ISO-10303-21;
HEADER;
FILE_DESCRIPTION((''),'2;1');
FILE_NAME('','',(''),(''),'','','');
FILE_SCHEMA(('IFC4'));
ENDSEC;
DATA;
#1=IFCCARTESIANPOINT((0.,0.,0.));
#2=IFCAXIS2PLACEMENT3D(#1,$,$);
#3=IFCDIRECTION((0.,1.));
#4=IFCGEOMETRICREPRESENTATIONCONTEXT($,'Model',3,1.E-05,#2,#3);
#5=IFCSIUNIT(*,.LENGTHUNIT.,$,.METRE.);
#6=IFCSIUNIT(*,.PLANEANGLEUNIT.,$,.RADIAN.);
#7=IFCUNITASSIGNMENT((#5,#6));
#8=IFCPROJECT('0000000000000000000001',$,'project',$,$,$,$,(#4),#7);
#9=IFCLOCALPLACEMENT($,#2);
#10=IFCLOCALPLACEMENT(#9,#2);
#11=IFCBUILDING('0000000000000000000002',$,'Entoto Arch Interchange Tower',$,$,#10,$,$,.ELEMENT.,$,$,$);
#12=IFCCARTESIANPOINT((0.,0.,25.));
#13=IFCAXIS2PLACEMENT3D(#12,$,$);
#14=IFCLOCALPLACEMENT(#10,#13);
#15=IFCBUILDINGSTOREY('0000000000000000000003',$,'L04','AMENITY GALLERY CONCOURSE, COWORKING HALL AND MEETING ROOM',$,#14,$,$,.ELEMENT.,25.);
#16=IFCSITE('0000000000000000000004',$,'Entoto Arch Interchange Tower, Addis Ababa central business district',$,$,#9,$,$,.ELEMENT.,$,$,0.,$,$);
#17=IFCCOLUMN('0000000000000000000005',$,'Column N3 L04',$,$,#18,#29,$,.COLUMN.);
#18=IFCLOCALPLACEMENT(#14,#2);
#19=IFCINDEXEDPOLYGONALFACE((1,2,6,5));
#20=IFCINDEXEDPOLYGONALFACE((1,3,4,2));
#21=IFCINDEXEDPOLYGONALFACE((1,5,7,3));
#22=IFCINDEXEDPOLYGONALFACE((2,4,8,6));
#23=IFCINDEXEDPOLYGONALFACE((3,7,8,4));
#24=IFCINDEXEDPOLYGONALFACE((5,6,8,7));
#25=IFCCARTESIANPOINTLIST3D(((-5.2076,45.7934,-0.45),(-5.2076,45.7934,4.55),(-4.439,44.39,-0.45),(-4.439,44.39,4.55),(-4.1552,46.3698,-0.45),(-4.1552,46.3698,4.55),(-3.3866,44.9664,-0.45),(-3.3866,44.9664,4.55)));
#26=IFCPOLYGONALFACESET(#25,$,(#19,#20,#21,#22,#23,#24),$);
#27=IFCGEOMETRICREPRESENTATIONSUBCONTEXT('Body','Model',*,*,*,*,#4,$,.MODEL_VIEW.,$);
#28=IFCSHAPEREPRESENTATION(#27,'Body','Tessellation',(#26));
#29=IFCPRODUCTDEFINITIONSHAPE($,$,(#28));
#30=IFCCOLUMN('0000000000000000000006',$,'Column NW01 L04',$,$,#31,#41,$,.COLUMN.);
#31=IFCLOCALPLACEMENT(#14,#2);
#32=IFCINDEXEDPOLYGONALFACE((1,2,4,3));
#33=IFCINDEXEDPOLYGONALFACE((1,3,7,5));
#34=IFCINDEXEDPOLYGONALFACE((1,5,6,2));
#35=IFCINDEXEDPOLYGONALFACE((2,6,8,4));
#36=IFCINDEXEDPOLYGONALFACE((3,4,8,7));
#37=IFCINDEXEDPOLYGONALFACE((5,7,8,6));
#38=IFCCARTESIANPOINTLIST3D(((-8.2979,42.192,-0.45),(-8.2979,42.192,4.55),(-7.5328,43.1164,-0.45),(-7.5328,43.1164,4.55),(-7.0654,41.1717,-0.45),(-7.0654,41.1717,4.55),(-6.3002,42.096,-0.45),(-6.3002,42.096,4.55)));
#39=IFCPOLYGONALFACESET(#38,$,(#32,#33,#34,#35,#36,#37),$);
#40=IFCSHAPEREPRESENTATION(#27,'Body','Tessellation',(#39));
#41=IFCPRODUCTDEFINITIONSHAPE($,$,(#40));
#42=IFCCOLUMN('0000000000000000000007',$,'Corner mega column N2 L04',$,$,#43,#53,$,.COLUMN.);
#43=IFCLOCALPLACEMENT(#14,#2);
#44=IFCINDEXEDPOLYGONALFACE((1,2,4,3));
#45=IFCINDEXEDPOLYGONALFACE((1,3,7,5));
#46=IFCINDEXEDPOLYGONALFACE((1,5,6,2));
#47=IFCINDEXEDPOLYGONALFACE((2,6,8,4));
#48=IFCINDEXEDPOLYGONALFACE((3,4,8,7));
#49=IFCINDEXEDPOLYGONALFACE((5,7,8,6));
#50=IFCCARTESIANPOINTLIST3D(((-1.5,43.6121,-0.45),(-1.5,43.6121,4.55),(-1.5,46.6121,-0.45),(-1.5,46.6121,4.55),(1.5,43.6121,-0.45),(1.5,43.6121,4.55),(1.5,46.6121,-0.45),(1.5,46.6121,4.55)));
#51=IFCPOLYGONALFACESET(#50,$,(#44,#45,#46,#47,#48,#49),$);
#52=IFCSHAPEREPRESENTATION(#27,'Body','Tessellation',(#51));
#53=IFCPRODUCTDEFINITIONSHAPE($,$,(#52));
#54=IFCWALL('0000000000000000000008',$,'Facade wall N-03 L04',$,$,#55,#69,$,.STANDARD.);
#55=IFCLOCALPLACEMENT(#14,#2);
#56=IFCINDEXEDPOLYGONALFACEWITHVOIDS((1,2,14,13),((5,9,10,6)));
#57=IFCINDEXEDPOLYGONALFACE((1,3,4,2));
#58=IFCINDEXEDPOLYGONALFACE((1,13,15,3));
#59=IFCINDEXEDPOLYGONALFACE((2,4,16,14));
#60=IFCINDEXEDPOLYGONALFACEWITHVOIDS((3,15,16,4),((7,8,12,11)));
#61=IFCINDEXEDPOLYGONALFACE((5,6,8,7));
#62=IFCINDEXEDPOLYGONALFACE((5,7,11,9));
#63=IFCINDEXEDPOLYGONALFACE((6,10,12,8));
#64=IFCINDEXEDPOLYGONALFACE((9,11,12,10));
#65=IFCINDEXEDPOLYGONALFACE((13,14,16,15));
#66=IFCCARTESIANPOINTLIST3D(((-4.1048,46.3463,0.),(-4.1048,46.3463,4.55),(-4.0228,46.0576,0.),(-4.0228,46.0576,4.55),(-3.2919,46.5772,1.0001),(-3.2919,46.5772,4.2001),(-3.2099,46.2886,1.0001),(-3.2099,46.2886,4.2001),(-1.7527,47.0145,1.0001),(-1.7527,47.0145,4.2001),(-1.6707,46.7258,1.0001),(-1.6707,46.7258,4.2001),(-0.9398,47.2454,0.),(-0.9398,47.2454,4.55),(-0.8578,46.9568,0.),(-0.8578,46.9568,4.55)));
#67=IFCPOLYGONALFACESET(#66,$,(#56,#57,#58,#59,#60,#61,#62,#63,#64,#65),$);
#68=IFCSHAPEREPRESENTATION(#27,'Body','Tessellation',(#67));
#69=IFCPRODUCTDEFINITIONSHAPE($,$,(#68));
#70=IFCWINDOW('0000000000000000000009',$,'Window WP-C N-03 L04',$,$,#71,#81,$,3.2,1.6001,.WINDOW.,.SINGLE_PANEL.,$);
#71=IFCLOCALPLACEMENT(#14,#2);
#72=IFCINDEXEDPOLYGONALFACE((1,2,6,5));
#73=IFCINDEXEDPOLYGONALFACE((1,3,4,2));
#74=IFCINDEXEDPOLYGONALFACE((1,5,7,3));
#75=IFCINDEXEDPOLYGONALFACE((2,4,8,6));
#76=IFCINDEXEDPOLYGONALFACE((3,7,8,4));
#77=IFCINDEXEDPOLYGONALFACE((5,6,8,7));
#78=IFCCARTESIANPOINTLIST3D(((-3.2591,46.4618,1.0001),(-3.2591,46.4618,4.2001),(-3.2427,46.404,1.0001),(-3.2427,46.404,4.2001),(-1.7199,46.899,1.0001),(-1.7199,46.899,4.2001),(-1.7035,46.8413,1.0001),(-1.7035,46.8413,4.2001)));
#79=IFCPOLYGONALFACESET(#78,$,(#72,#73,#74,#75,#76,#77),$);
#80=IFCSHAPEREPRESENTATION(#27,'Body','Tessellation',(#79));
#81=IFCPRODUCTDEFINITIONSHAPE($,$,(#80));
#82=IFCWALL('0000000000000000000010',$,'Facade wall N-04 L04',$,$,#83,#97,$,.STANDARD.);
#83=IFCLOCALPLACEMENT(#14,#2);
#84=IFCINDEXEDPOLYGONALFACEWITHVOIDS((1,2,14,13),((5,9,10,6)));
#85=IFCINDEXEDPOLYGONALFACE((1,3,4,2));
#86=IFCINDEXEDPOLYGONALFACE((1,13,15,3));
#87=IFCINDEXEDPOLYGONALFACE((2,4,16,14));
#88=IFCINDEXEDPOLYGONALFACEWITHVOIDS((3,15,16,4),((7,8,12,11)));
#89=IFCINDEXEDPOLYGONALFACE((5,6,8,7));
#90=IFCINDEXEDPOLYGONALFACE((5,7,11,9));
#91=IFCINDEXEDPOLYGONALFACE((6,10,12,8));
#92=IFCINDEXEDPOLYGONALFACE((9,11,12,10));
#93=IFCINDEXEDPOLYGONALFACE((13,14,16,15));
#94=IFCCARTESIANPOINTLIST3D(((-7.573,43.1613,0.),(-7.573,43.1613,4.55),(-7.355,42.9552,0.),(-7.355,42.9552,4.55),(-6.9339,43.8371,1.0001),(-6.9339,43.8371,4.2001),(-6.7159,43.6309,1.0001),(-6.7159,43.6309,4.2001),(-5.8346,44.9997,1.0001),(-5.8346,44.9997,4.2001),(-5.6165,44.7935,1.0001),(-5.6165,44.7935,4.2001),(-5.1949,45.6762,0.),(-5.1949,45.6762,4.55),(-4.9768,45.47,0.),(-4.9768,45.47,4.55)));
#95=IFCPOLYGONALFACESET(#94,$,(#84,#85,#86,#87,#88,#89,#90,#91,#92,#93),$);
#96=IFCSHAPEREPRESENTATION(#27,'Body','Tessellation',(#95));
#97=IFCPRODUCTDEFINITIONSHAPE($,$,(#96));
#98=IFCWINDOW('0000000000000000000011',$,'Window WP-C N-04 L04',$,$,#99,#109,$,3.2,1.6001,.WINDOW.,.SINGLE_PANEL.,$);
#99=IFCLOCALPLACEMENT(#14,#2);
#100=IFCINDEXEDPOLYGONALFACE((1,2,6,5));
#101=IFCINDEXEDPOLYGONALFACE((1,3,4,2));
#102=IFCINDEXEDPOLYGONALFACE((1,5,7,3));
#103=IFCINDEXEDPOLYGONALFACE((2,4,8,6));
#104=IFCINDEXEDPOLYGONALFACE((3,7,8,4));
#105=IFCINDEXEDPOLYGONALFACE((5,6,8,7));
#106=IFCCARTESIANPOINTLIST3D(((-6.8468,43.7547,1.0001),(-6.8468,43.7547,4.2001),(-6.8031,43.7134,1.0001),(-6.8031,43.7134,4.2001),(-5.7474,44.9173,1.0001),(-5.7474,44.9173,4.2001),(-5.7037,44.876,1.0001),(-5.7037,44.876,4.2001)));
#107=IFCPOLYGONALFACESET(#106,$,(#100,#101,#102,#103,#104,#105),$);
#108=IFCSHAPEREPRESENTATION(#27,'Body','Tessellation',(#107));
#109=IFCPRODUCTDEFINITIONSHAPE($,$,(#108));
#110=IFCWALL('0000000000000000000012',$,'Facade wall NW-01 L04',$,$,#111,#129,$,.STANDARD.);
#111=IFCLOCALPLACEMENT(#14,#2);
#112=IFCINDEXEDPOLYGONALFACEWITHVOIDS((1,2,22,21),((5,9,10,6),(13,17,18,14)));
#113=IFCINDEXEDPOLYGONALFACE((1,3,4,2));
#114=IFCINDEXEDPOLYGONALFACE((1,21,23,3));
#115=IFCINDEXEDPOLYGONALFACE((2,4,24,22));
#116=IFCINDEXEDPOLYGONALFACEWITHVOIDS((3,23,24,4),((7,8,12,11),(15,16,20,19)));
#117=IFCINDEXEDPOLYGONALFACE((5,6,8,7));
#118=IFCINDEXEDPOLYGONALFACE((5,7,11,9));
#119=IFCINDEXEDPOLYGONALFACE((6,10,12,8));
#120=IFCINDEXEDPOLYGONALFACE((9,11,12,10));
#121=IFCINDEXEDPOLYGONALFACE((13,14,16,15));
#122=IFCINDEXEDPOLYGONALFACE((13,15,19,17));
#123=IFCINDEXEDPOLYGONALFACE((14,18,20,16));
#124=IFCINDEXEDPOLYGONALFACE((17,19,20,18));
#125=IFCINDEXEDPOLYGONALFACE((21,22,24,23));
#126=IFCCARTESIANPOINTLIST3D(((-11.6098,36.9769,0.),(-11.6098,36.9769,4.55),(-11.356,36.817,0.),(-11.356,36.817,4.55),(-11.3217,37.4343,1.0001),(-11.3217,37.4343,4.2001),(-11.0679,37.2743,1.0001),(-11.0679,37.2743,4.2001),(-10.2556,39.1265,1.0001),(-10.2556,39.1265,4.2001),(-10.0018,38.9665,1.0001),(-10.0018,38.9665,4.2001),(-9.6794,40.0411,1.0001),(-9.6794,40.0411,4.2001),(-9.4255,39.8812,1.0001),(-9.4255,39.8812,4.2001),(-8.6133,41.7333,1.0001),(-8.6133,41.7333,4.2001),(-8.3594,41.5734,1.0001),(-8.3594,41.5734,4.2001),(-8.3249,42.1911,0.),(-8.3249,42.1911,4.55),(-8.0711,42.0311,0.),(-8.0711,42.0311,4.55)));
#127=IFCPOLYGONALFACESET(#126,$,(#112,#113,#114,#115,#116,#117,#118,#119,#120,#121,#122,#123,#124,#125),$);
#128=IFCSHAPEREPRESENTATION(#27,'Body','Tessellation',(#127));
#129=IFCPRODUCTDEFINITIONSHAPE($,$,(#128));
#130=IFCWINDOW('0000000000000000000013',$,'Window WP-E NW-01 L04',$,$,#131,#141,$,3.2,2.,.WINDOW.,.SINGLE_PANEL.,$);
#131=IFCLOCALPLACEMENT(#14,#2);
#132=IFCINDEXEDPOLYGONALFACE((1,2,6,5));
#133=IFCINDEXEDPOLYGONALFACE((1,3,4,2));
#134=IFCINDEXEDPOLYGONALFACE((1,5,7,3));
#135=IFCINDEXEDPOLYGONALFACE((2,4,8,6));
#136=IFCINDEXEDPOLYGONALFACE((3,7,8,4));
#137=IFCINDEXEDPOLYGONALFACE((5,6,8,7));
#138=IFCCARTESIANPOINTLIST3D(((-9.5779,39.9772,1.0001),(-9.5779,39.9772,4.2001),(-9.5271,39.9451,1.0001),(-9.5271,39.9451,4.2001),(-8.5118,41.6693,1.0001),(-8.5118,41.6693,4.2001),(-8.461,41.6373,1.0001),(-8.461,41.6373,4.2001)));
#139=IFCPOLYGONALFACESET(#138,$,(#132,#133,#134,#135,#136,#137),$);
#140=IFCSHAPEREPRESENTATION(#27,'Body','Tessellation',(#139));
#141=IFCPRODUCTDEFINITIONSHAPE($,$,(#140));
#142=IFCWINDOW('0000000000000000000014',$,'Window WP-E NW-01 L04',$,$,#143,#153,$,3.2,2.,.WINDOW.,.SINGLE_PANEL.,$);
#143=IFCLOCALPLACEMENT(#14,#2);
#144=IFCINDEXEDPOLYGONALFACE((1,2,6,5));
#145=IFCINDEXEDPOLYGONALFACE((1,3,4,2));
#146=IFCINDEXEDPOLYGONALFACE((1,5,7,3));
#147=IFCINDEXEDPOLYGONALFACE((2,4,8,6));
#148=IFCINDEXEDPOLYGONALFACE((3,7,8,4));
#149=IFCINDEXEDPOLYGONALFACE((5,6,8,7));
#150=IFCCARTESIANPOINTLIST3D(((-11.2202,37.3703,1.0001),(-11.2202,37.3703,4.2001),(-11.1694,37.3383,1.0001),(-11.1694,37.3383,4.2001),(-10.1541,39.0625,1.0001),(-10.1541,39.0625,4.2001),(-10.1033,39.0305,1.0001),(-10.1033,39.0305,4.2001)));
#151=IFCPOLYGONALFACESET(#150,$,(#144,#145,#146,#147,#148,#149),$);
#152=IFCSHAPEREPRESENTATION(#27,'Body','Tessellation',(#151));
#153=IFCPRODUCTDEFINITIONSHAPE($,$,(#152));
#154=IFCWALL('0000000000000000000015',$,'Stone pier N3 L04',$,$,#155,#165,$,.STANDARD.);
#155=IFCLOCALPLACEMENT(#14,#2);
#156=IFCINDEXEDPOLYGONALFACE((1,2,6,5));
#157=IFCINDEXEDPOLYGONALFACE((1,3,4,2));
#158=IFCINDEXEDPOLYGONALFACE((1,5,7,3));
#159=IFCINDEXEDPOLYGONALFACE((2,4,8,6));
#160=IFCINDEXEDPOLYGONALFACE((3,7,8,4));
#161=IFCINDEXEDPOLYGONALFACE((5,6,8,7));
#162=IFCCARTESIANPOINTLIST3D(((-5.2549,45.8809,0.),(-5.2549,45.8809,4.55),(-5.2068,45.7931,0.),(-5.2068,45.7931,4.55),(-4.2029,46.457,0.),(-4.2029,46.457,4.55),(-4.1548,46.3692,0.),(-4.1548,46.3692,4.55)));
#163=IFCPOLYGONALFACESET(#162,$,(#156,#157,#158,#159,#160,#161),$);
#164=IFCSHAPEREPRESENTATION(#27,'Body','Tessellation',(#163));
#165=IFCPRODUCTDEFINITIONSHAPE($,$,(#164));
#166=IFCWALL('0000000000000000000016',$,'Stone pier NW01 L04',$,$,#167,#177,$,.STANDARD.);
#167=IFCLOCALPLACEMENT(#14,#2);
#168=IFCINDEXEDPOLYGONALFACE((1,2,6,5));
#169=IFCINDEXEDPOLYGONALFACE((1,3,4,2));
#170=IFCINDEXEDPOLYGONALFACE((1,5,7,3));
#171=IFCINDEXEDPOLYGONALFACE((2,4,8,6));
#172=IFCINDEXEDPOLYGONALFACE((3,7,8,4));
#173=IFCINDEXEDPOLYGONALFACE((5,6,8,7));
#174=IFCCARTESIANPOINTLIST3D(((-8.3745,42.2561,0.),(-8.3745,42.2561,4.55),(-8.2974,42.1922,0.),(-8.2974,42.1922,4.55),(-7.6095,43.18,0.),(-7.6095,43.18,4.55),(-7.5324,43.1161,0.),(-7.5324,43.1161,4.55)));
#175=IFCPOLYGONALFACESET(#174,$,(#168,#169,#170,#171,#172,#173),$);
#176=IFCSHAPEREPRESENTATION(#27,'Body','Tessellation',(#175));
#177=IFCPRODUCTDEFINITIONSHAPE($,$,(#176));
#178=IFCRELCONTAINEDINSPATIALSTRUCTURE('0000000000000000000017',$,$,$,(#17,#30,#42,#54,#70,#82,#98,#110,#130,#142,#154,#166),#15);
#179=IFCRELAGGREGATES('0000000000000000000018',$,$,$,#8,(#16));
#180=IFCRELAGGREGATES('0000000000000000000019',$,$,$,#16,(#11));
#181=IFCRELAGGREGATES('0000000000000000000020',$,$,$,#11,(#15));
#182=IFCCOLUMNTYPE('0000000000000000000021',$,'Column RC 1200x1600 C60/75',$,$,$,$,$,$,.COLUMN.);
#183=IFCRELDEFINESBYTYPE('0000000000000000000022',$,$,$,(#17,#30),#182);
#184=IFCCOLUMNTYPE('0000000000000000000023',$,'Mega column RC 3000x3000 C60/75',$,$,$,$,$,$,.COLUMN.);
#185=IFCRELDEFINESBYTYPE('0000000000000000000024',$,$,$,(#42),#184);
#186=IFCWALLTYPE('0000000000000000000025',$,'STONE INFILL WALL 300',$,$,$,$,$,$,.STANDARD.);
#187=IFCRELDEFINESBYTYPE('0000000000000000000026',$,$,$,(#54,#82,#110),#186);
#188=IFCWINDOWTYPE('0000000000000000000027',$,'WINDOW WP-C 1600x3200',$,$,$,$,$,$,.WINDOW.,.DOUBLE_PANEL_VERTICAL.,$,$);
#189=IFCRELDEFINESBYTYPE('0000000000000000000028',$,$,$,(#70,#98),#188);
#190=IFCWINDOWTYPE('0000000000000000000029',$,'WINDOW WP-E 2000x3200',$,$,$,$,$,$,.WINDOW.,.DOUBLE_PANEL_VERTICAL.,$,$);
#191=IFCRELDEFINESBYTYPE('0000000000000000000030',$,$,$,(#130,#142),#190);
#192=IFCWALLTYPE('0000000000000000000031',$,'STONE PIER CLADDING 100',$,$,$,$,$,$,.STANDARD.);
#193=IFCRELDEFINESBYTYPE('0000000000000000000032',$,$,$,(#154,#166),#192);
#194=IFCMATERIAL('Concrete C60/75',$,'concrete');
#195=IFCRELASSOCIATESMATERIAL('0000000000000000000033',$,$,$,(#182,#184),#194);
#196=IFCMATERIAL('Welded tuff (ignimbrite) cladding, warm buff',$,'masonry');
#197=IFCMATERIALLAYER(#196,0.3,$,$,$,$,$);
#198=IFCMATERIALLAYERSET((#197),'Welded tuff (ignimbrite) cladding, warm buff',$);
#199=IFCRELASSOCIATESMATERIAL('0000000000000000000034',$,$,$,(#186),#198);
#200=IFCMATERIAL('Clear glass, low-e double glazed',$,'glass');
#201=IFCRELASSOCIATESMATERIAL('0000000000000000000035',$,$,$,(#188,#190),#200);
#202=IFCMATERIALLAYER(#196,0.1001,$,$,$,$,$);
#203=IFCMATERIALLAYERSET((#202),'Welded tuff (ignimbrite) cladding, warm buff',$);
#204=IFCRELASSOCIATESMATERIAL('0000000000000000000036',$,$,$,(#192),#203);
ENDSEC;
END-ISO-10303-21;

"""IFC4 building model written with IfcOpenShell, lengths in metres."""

from ifc_helpers import new_model, si_unit, direction, frame, frame_2d, origin, origin_2d, place, context, subcontext, project, spatial, rectangle, extrude, material, layer, layer_set, material_profile, profile_set, type_object, element, fill, save


model = new_model("IFC4")

# Units and contexts
model_context = context("Model", 3, precision=1e-05, world=origin(), true_north=direction((0.0, 1.0)))
body_context = subcontext(model_context, "Body", "Model", "MODEL_VIEW")
ifc_project = project(units=[si_unit("LENGTHUNIT", "METRE"), si_unit("PLANEANGLEUNIT", "RADIAN")], contexts=[model_context])

# Site, building, storey
site_placement = place(None, origin())
site = spatial("IfcSite", under=ifc_project, at=site_placement, Name="Entoto Arch Interchange Tower, Addis Ababa central business district", CompositionType="ELEMENT", RefElevation=0.0)
building_placement = place(site_placement, origin())
building = spatial("IfcBuilding", under=site, at=building_placement, Name="Entoto Arch Interchange Tower", CompositionType="ELEMENT")
storey_placement = place(building_placement, frame((0.0, 0.0, 25.0)))
storey = spatial("IfcBuildingStorey", under=building, at=storey_placement, Name="L04", Description="AMENITY GALLERY CONCOURSE, COWORKING HALL AND MEETING ROOM", CompositionType="ELEMENT", Elevation=25.0)

# Columns
ifc_material_1 = material(Name="Concrete C60/75", Category="concrete")
ifc_material_profile_1 = material_profile(ifc_material_1, rectangle(XDim=1.2, YDim=1.6001, at=origin_2d()))
ifc_profile_set_1 = profile_set([ifc_material_profile_1], Name="Concrete C60/75")
column_type_1 = type_object("IfcColumnType", Name="Column RC 1200x1600 C60/75", PredefinedType="COLUMN", material=ifc_profile_set_1)
for number, where, z_axis, x_axis, name in (
    (1, (-4.2971, 45.3799, -0.45), (0.0, 0.0, 1.0), (0.877079, 0.480346, 0.0), "Column N3 L04"),
    (2, (-7.2991, 42.144, -0.45), (0.0, 0.0, 1.0), (0.637666, 0.770313, 0.0), "Column NW01 L04"),
):
    element("IfcColumn", number, at=place(storey_placement, frame(where, z_axis=z_axis, x_axis=x_axis)), inside=storey, type_object=column_type_1, Name=name, PredefinedType="COLUMN", context=body_context, shape_type="SweptSolid", body=[
        extrude(rectangle(XDim=1.2, YDim=1.6001, at=origin_2d()), origin(), (0.0, 0.0, 1.0), 5.0),
    ])
ifc_material_profile_2 = material_profile(ifc_material_1, rectangle(XDim=3.0, YDim=3.0, at=origin_2d()))
ifc_profile_set_2 = profile_set([ifc_material_profile_2], Name="Concrete C60/75")
column_type_2 = type_object("IfcColumnType", Name="Mega column RC 3000x3000 C60/75", PredefinedType="COLUMN", material=ifc_profile_set_2)
column_placement = place(storey_placement, frame((0.0, 45.1121, -0.45), z_axis=(0.0, 0.0, 1.0), x_axis=(0.0, 1.0, 0.0)))
element("IfcColumn", 3, at=column_placement, inside=storey, type_object=column_type_2, Name="Corner mega column N2 L04", PredefinedType="COLUMN", context=body_context, shape_type="SweptSolid", body=[
    extrude(rectangle(XDim=3.0, YDim=3.0, at=origin_2d()), origin(), (0.0, 0.0, 1.0), 5.0),
])

# Walls, openings, windows
ifc_material_2 = material(Name="Welded tuff (ignimbrite) cladding, warm buff", Category="masonry")
ifc_layer_1 = layer(ifc_material_2, 0.3)
ifc_layer_set_1 = layer_set([ifc_layer_1], Name="Welded tuff (ignimbrite) cladding, warm buff")
wall_type_1 = type_object("IfcWallType", Name="STONE INFILL WALL 300", PredefinedType="STANDARD", material=ifc_layer_set_1)
wall_1_placement = place(storey_placement, frame((-0.8989, 47.1011, 0.0), z_axis=(0.0, 0.0, 1.0), x_axis=(-0.961934, -0.27328, 0.0)))
wall_1 = element("IfcWall", 4, at=wall_1_placement, inside=storey, type_object=wall_type_1, Name="Facade wall N-03 L04", PredefinedType="STANDARD", context=body_context, shape_type="SweptSolid", body=[
    extrude(rectangle(XDim=3.2903, YDim=0.3, at=frame_2d((1.645, 0.0))), origin(), (0.0, 0.0, 1.0), 4.55),
])
opening_1_placement = place(wall_1_placement, frame((0.845, 0.0, 1.0)))
opening_1 = element("IfcOpeningElement", 5, at=opening_1_placement, cuts=wall_1, PredefinedType="OPENING", context=body_context, shape_type="SweptSolid", body=[
    extrude(rectangle(XDim=1.6001, YDim=3.2, at=frame_2d((0.8, 1.6001))), frame((0.0, 0.1602, 0.0), z_axis=(0.0, -1.0, 0.0), x_axis=(1.0, 0.0, 0.0)), (0.0, 0.0, 1.0), 0.3201),
])
ifc_material_3 = material(Name="Clear glass, low-e double glazed", Category="glass")
window_type_1 = type_object("IfcWindowType", Name="WINDOW WP-C 1600x3200", PartitioningType="DOUBLE_PANEL_VERTICAL", PredefinedType="WINDOW", material=ifc_material_3)
window_1_placement = place(opening_1_placement, origin())
window_1 = element("IfcWindow", 6, at=window_1_placement, inside=storey, type_object=window_type_1, Name="Window WP-C N-03 L04", OverallHeight=3.2, OverallWidth=1.6001, PartitioningType="SINGLE_PANEL", PredefinedType="WINDOW", context=body_context, shape_type="SweptSolid", body=[
    extrude(rectangle(XDim=1.6001, YDim=3.2, at=frame_2d((0.8, 1.6001))), frame((0.0, 0.03, 0.0), z_axis=(0.0, -1.0, 0.0), x_axis=(1.0, 0.0, 0.0)), (0.0, 0.0, 1.0), 0.0601),
])
fill(opening_1, window_1)
wall_2_placement = place(storey_placement, frame((-5.0859, 45.573, 0.0), z_axis=(0.0, 0.0, 1.0), x_axis=(-0.687081, -0.726581, 0.0)))
wall_2 = element("IfcWall", 7, at=wall_2_placement, inside=storey, type_object=wall_type_1, Name="Facade wall N-04 L04", PredefinedType="STANDARD", context=body_context, shape_type="SweptSolid", body=[
    extrude(rectangle(XDim=3.4612, YDim=0.3, at=frame_2d((1.7305, 0.0))), origin(), (0.0, 0.0, 1.0), 4.55),
])
opening_2_placement = place(wall_2_placement, frame((0.9309, 0.0, 1.0)))
opening_2 = element("IfcOpeningElement", 8, at=opening_2_placement, cuts=wall_2, PredefinedType="OPENING", context=body_context, shape_type="SweptSolid", body=[
    extrude(rectangle(XDim=1.6001, YDim=3.2, at=frame_2d((0.8, 1.6001))), frame((0.0, 0.1602, 0.0), z_axis=(0.0, -1.0, 0.0), x_axis=(1.0, 0.0, 0.0)), (0.0, 0.0, 1.0), 0.3201),
])
window_2_placement = place(opening_2_placement, origin())
window_2 = element("IfcWindow", 9, at=window_2_placement, inside=storey, type_object=window_type_1, Name="Window WP-C N-04 L04", OverallHeight=3.2, OverallWidth=1.6001, PartitioningType="SINGLE_PANEL", PredefinedType="WINDOW", context=body_context, shape_type="SweptSolid", body=[
    extrude(rectangle(XDim=1.6001, YDim=3.2, at=frame_2d((0.8, 1.6001))), frame((0.0, 0.03, 0.0), z_axis=(0.0, -1.0, 0.0), x_axis=(1.0, 0.0, 0.0)), (0.0, 0.0, 1.0), 0.0601),
])
fill(opening_2, window_2)

# Wall, openings, windows
wall_3_placement = place(storey_placement, frame((-8.198, 42.1111, 0.0), z_axis=(0.0, 0.0, 1.0), x_axis=(-0.53304, -0.84609, 0.0)))
wall_3 = element("IfcWall", 10, at=wall_3_placement, inside=storey, type_object=wall_type_1, Name="Facade wall NW-01 L04", PredefinedType="STANDARD", context=body_context, shape_type="SweptSolid", body=[
    extrude(rectangle(XDim=6.1626, YDim=0.3, at=frame_2d((3.0813, 0.0))), origin(), (0.0, 0.0, 1.0), 4.55),
])
opening_3_placement = place(wall_3_placement, frame((0.541, 0.0, 1.0)))
opening_3 = element("IfcOpeningElement", 11, at=opening_3_placement, cuts=wall_3, PredefinedType="OPENING", context=body_context, shape_type="SweptSolid", body=[
    extrude(rectangle(XDim=2.0, YDim=3.2, at=frame_2d((1.0, 1.6001))), frame((0.0, 0.1602, 0.0), z_axis=(0.0, -1.0, 0.0), x_axis=(1.0, 0.0, 0.0)), (0.0, 0.0, 1.0), 0.3201),
])
opening_4_placement = place(wall_3_placement, frame((3.6221, 0.0, 1.0)))
opening_4 = element("IfcOpeningElement", 12, at=opening_4_placement, cuts=wall_3, PredefinedType="OPENING", context=body_context, shape_type="SweptSolid", body=[
    extrude(rectangle(XDim=2.0, YDim=3.2, at=frame_2d((1.0, 1.6001))), frame((0.0, 0.1602, 0.0), z_axis=(0.0, -1.0, 0.0), x_axis=(1.0, 0.0, 0.0)), (0.0, 0.0, 1.0), 0.3201),
])
window_type_2 = type_object("IfcWindowType", Name="WINDOW WP-E 2000x3200", PartitioningType="DOUBLE_PANEL_VERTICAL", PredefinedType="WINDOW", material=ifc_material_3)
window_3_placement = place(opening_3_placement, origin())
window_3 = element("IfcWindow", 13, at=window_3_placement, inside=storey, type_object=window_type_2, Name="Window WP-E NW-01 L04", OverallHeight=3.2, OverallWidth=2.0, PartitioningType="SINGLE_PANEL", PredefinedType="WINDOW", context=body_context, shape_type="SweptSolid", body=[
    extrude(rectangle(XDim=2.0, YDim=3.2, at=frame_2d((1.0, 1.6001))), frame((0.0, 0.03, 0.0), z_axis=(0.0, -1.0, 0.0), x_axis=(1.0, 0.0, 0.0)), (0.0, 0.0, 1.0), 0.0601),
])
fill(opening_3, window_3)
window_4_placement = place(opening_4_placement, origin())
window_4 = element("IfcWindow", 14, at=window_4_placement, inside=storey, type_object=window_type_2, Name="Window WP-E NW-01 L04", OverallHeight=3.2, OverallWidth=2.0, PartitioningType="SINGLE_PANEL", PredefinedType="WINDOW", context=body_context, shape_type="SweptSolid", body=[
    extrude(rectangle(XDim=2.0, YDim=3.2, at=frame_2d((1.0, 1.6001))), frame((0.0, 0.03, 0.0), z_axis=(0.0, -1.0, 0.0), x_axis=(1.0, 0.0, 0.0)), (0.0, 0.0, 1.0), 0.0601),
])
fill(opening_4, window_4)

# Walls
ifc_layer_2 = layer(ifc_material_2, 0.1001)
ifc_layer_set_2 = layer_set([ifc_layer_2], Name="Welded tuff (ignimbrite) cladding, warm buff")
wall_type_2 = type_object("IfcWallType", Name="STONE PIER CLADDING 100", PredefinedType="STANDARD", material=ifc_layer_set_2)
for number, where, z_axis, x_axis, name in (
    (15, (-4.179, 46.4131, 0.0), (0.0, 0.0, 1.0), (-0.87707, -0.480363, 0.0), "Stone pier N3 L04"),
    (16, (-7.571, 43.1479, 0.0), (0.0, 0.0, 1.0), (-0.637739, -0.770253, 0.0), "Stone pier NW01 L04"),
):
    element("IfcWall", number, at=place(storey_placement, frame(where, z_axis=z_axis, x_axis=x_axis)), inside=storey, type_object=wall_type_2, Name=name, PredefinedType="STANDARD", context=body_context, shape_type="SweptSolid", body=[
        extrude(rectangle(XDim=1.1995, YDim=0.1001, at=frame_2d((0.5996, 0.0))), origin(), (0.0, 0.0, 1.0), 4.55),
    ])

save(model, "model.ifc")
